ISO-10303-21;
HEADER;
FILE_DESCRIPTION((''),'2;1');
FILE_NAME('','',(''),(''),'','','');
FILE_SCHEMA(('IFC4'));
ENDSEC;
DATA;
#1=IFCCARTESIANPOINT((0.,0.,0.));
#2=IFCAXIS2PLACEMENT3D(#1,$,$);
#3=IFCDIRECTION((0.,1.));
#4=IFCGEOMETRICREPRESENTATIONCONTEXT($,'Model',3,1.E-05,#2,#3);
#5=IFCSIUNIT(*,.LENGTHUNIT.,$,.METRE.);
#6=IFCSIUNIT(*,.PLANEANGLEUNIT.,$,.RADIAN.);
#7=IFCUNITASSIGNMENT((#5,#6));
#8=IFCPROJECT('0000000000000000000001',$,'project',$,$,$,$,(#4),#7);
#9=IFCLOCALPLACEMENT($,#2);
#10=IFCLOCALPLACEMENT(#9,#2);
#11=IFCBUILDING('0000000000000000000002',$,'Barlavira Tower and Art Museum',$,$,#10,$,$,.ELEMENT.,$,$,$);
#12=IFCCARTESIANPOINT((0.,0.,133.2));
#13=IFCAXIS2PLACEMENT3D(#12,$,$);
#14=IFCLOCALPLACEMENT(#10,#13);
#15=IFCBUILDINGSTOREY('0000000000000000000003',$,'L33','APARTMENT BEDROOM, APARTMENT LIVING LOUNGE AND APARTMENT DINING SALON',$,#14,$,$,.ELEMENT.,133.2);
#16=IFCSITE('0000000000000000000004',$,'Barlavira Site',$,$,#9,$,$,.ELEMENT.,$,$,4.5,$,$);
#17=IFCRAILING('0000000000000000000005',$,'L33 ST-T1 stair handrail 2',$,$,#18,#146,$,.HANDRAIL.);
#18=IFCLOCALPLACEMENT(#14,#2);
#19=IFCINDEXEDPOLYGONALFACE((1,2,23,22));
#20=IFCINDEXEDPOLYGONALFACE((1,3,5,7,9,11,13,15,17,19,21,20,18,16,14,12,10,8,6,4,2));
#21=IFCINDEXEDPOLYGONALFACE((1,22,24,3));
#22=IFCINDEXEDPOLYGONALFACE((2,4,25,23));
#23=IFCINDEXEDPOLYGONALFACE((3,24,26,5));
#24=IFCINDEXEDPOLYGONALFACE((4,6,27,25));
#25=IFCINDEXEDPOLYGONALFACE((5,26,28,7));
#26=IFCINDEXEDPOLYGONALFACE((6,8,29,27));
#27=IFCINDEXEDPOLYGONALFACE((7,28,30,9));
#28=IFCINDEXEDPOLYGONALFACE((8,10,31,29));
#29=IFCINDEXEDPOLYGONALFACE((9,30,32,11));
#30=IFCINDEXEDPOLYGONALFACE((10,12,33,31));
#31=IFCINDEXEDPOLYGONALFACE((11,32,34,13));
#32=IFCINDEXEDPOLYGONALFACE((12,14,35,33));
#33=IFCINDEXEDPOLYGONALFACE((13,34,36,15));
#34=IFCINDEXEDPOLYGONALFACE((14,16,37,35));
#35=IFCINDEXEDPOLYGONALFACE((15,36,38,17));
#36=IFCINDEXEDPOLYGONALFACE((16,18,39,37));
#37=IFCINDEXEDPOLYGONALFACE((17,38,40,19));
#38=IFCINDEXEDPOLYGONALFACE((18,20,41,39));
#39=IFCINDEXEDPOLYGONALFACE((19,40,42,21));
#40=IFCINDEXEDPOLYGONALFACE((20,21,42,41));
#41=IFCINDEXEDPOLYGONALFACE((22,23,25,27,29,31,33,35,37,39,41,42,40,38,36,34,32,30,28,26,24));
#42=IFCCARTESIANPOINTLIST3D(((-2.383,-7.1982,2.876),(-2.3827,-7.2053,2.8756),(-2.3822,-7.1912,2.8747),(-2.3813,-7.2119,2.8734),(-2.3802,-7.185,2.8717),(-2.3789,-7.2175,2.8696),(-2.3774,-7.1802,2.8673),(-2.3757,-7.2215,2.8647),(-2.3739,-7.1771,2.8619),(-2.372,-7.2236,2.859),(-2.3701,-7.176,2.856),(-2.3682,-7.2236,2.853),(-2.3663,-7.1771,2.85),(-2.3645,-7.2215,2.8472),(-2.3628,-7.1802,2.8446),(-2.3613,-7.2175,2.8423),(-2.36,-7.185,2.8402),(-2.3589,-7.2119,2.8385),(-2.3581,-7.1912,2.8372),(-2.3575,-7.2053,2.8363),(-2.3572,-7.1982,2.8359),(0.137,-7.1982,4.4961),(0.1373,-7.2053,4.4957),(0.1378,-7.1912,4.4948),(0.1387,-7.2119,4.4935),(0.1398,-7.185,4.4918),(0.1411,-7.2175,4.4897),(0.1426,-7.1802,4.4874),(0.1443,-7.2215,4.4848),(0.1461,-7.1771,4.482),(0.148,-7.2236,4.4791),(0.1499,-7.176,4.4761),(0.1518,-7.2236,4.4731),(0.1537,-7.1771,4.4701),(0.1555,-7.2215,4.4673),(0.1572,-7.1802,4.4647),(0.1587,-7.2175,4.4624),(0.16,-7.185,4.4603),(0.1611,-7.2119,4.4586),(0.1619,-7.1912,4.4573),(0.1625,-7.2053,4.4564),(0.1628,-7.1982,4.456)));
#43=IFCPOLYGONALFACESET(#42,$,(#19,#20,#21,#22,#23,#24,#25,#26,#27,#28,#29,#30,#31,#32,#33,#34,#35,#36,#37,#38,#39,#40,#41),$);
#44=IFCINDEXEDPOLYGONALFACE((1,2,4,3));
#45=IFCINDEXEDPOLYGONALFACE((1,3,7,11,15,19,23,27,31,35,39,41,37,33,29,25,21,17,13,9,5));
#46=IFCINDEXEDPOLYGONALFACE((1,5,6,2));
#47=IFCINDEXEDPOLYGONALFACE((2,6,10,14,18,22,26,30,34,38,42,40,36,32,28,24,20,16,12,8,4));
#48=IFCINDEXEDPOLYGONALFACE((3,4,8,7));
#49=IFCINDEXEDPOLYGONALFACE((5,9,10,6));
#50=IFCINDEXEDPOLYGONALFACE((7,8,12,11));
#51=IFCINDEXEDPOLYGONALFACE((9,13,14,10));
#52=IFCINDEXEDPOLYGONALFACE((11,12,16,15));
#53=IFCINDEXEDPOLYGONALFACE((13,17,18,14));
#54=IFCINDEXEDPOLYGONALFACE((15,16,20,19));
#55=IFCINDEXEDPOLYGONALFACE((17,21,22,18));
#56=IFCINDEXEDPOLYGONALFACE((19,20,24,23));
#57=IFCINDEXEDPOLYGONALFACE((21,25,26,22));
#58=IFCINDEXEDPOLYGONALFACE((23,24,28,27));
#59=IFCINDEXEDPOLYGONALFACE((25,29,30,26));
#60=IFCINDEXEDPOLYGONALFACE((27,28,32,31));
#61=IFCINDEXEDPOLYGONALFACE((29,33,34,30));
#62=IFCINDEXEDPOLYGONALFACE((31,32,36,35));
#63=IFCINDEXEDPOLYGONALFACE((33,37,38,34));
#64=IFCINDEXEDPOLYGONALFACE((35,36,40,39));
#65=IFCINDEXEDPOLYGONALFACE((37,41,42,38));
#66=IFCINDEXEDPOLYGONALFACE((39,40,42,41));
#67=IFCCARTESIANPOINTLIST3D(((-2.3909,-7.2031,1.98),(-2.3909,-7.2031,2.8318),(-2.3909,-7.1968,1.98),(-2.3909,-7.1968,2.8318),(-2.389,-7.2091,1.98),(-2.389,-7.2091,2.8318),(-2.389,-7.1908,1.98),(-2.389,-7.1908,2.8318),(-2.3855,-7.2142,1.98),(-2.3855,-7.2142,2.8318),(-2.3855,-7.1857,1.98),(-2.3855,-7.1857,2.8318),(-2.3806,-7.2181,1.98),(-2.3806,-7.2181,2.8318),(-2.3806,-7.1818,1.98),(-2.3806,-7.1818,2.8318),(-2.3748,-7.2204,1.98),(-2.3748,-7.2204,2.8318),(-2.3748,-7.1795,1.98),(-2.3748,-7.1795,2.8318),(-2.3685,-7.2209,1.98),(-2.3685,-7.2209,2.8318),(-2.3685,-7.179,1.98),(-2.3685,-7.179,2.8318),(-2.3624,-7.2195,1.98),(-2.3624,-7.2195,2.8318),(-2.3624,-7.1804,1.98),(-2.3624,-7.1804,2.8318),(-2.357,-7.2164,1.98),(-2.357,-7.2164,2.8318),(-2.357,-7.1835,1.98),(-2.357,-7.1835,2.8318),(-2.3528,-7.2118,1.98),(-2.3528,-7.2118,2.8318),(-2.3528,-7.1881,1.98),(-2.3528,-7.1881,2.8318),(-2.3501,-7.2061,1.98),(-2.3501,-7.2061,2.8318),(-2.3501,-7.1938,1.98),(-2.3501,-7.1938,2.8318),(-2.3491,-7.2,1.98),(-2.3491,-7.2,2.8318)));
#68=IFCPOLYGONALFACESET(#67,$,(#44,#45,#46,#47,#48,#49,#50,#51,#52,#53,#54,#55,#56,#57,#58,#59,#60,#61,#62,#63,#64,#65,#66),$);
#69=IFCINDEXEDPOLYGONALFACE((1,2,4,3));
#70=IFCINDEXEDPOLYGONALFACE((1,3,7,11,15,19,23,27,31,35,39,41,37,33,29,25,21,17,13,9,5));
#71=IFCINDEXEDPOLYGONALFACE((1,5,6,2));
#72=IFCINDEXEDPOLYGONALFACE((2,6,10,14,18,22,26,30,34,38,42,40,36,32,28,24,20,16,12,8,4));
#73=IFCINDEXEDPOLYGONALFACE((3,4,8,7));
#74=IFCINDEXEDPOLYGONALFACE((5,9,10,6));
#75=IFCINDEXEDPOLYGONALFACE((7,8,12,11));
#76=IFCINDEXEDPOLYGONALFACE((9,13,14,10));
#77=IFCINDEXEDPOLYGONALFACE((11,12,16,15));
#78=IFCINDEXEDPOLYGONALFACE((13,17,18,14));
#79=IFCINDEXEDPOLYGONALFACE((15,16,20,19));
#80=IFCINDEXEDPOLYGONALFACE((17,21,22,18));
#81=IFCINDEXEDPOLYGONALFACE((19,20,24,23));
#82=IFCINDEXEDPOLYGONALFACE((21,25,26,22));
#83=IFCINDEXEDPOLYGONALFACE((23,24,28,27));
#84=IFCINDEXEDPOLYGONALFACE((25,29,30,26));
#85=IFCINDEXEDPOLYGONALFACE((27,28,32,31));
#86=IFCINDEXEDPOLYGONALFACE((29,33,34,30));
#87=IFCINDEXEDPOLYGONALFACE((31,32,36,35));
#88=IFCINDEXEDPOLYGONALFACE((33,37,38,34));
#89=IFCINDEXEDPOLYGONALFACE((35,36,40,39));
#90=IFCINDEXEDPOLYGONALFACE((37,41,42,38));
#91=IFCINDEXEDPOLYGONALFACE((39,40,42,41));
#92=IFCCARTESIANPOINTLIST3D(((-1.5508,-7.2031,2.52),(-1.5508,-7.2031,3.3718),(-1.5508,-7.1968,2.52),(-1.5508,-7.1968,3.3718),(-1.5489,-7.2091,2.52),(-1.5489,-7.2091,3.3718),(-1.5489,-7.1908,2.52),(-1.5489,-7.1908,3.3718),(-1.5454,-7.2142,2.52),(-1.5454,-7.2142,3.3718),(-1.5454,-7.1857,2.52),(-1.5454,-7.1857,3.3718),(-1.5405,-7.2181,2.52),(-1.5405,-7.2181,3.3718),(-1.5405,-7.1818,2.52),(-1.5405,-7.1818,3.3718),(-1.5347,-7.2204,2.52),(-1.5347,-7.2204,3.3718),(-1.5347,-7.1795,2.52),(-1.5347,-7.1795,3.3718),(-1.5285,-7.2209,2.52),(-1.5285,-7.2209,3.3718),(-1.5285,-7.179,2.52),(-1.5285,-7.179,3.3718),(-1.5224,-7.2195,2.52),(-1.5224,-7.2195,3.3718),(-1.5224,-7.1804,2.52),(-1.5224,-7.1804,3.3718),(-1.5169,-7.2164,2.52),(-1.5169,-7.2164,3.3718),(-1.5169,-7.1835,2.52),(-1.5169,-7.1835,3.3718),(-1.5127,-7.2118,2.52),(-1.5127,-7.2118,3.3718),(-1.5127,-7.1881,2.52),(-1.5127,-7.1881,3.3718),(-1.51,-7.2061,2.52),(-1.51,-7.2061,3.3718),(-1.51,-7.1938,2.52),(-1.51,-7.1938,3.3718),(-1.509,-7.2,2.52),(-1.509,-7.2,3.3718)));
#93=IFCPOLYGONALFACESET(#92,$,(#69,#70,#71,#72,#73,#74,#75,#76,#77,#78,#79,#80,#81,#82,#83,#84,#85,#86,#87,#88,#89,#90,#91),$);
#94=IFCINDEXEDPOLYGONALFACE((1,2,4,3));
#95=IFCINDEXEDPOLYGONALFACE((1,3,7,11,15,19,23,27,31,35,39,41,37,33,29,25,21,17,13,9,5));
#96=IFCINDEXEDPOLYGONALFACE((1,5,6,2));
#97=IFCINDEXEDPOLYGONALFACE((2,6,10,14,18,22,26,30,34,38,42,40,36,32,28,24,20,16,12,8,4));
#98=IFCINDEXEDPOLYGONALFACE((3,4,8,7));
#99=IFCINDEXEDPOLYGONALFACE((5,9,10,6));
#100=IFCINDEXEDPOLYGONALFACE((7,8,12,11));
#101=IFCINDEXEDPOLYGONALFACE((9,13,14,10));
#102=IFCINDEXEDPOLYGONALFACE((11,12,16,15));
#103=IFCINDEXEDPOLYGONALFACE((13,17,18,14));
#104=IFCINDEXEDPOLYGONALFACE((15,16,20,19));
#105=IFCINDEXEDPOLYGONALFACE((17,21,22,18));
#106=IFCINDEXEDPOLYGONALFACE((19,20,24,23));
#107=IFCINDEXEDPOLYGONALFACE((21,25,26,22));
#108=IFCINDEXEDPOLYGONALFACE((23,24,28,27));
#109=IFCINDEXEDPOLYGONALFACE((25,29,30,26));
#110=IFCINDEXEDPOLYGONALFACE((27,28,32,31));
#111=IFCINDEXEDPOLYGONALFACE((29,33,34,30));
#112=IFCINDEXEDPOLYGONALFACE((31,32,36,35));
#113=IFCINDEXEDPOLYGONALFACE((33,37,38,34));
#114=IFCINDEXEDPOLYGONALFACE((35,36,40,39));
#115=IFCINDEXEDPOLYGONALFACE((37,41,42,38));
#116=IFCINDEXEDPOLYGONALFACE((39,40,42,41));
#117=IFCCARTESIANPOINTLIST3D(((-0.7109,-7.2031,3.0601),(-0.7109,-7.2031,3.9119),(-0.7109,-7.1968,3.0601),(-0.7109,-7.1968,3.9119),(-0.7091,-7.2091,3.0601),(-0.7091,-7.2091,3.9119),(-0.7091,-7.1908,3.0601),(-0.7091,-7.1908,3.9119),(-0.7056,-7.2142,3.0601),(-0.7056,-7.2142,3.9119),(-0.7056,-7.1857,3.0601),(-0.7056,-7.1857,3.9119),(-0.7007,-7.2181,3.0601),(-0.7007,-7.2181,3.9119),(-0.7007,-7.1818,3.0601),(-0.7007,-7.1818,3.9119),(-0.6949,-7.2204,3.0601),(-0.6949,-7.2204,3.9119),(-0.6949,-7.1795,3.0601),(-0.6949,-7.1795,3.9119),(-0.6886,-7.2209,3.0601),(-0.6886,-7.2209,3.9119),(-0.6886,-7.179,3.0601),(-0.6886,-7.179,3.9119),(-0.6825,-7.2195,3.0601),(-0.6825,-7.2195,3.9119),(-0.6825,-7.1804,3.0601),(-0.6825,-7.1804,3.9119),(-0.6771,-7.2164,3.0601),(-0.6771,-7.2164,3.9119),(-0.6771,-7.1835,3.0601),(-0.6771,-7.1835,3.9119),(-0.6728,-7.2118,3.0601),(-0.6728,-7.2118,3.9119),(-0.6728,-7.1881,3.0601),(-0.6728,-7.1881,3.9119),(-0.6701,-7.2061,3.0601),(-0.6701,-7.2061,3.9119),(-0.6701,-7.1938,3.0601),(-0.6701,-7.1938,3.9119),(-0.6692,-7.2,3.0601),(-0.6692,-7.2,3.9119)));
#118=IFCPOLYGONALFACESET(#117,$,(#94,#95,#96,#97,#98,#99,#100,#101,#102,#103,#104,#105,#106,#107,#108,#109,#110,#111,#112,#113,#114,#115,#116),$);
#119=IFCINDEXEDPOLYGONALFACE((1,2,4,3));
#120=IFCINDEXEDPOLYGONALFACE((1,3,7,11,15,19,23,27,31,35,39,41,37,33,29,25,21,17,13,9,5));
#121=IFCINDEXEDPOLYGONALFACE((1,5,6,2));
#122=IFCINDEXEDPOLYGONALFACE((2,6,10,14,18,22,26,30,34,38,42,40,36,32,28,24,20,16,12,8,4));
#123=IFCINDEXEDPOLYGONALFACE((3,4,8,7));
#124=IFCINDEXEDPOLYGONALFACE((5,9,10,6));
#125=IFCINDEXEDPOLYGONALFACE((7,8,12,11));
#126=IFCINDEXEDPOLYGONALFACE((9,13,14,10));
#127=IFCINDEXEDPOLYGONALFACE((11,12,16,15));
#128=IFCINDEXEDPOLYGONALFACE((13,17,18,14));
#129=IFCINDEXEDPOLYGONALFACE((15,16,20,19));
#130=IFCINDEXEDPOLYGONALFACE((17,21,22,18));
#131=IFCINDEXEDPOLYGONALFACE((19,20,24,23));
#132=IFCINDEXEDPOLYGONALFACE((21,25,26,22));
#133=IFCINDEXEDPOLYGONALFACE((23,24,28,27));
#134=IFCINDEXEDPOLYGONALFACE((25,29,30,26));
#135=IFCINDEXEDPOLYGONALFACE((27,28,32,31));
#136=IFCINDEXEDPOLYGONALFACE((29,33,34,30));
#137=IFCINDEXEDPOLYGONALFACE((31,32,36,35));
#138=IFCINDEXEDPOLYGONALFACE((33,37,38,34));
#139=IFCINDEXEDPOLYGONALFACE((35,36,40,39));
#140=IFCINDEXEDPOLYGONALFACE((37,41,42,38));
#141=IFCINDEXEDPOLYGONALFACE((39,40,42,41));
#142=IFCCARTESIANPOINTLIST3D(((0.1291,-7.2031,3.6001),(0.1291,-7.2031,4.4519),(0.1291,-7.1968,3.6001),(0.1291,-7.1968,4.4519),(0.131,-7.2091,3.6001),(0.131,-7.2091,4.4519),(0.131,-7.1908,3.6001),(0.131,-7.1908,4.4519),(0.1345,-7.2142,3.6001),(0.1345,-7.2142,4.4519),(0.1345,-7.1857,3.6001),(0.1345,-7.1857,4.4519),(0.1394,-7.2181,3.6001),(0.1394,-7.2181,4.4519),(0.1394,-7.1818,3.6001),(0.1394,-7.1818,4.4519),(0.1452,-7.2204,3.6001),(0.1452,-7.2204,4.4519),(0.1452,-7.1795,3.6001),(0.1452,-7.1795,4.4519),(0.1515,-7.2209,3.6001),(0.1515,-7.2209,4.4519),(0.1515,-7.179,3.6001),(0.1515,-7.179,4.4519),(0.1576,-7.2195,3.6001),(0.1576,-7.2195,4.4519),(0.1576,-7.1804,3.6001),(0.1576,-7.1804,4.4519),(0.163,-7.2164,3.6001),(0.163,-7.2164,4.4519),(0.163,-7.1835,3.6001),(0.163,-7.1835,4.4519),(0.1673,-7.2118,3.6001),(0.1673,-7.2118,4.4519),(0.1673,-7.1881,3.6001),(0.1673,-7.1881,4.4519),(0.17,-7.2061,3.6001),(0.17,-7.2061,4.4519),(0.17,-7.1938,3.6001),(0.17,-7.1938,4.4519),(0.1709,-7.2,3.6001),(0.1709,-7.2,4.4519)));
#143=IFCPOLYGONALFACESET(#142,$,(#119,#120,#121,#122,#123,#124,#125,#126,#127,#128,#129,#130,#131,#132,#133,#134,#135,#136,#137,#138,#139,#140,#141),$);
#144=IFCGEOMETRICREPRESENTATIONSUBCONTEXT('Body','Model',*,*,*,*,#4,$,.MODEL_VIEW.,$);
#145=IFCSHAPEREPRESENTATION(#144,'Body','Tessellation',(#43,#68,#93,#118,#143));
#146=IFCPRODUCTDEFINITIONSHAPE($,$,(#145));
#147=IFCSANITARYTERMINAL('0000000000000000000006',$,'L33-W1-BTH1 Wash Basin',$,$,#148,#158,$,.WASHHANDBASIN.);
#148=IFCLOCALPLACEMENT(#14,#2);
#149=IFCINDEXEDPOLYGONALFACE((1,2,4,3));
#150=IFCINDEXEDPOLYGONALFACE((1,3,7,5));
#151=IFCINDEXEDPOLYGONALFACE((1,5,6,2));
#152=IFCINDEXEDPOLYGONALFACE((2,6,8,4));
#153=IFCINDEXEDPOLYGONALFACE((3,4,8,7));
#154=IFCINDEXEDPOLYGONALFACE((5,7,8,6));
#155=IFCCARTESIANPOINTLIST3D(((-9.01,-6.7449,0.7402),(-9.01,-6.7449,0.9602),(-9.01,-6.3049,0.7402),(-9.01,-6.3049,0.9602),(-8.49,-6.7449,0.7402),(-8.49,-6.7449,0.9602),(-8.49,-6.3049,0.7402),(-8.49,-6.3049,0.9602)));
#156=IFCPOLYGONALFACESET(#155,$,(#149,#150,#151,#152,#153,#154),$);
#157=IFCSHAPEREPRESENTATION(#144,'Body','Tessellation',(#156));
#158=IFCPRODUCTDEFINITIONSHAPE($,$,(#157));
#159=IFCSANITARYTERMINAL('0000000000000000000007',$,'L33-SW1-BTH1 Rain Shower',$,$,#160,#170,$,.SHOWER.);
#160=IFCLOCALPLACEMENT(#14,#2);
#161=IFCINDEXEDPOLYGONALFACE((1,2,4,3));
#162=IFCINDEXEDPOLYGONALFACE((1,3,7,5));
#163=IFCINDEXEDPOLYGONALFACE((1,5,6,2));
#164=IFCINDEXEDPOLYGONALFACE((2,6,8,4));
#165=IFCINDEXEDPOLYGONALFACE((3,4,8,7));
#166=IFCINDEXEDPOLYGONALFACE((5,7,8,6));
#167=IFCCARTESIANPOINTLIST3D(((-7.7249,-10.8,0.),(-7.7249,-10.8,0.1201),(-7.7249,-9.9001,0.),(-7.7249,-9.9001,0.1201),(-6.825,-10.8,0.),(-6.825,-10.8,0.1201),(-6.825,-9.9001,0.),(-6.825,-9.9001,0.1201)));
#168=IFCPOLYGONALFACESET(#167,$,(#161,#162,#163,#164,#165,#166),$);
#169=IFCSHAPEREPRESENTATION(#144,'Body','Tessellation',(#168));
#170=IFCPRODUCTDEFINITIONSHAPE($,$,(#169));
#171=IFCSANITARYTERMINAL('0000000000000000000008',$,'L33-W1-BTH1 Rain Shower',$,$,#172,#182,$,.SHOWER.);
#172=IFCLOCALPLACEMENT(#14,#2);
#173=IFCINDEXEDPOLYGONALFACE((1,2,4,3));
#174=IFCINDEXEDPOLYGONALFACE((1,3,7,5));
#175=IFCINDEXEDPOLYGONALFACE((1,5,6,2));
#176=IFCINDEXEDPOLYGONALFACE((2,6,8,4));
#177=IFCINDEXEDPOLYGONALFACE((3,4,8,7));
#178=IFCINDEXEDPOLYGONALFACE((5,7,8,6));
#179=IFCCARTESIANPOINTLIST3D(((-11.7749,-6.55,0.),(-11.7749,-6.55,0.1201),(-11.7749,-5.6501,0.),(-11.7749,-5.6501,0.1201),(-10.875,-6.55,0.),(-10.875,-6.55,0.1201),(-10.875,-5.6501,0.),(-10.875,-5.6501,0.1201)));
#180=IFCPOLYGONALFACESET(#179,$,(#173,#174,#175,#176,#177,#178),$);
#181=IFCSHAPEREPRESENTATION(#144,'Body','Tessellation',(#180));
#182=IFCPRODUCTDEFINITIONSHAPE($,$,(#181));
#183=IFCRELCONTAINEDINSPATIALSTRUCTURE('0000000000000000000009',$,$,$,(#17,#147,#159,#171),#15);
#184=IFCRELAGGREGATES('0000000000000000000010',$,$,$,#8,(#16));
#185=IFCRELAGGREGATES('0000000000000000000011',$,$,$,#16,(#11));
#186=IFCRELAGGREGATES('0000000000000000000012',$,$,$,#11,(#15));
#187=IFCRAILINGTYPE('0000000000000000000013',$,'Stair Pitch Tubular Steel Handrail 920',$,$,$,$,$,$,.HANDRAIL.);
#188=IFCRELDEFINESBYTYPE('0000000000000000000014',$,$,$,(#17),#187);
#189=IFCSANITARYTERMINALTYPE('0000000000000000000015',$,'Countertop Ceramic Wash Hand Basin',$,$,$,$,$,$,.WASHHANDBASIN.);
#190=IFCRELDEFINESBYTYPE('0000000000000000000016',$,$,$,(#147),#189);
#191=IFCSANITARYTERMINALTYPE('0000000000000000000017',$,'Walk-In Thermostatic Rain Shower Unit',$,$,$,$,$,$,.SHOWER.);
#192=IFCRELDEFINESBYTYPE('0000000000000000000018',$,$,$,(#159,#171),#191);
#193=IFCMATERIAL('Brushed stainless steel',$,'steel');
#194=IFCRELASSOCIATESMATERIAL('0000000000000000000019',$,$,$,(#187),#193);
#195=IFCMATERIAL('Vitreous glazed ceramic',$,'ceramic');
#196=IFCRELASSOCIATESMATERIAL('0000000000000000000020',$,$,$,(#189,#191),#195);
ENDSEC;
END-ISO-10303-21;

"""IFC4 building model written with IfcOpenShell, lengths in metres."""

from ifc_helpers import new_model, si_unit, direction, frame, origin, origin_2d, place, context, subcontext, project, spatial, rectangle, circle, extrude, material, type_object, element, save


model = new_model("IFC4")

# Units and contexts
model_context = context("Model", 3, precision=1e-05, world=origin(), true_north=direction((0.0, 1.0)))
body_context = subcontext(model_context, "Body", "Model", "MODEL_VIEW")
ifc_project = project(units=[si_unit("LENGTHUNIT", "METRE"), si_unit("PLANEANGLEUNIT", "RADIAN")], contexts=[model_context])

# Site, building, storey
site_placement = place(None, origin())
site = spatial("IfcSite", under=ifc_project, at=site_placement, Name="Barlavira Site", CompositionType="ELEMENT", RefElevation=4.5)
building_placement = place(site_placement, origin())
building = spatial("IfcBuilding", under=site, at=building_placement, Name="Barlavira Tower and Art Museum", CompositionType="ELEMENT")
storey_placement = place(building_placement, frame((0.0, 0.0, 133.2)))
storey = spatial("IfcBuildingStorey", under=building, at=storey_placement, Name="L33", Description="APARTMENT BEDROOM, APARTMENT LIVING LOUNGE AND APARTMENT DINING SALON", CompositionType="ELEMENT", Elevation=133.2)

# Shared definitions
ifc_material_1 = material(Name="Brushed stainless steel", Category="steel")

# Railing
railing_type_1 = type_object("IfcRailingType", Name="Stair Pitch Tubular Steel Handrail 920", PredefinedType="HANDRAIL", material=ifc_material_1)
railing_1_placement = place(storey_placement, frame((-2.3701, -7.2, 1.98)))
element("IfcRailing", 1, at=railing_1_placement, inside=storey, type_object=railing_type_1, Name="L33 ST-T1 stair handrail 2", PredefinedType="HANDRAIL", context=body_context, shape_type="SweptSolid", body=[
    extrude(circle(Radius=0.0239, at=origin_2d()), frame((0.0, 0.0, 0.876), z_axis=(0.841163, 0.0, 0.540782), x_axis=(0.0, 1.0, 0.0)), (0.0, 0.0, 1.0), 2.9958),
    extrude(circle(Radius=0.021, at=origin_2d()), origin(), (0.0, 0.0, 1.0), 0.8518),
    extrude(circle(Radius=0.021, at=origin_2d()), frame((0.8401, 0.0, 0.54)), (0.0, 0.0, 1.0), 0.8518),
    extrude(circle(Radius=0.021, at=origin_2d()), frame((1.6799, 0.0, 1.0801)), (0.0, 0.0, 1.0), 0.8518),
    extrude(circle(Radius=0.021, at=origin_2d()), frame((2.52, 0.0, 1.6201)), (0.0, 0.0, 1.0), 0.8518),
])

# Sanitary terminals
ifc_material_2 = material(Name="Vitreous glazed ceramic", Category="ceramic")
sanitary_terminal_type_1 = type_object("IfcSanitaryTerminalType", Name="Countertop Ceramic Wash Hand Basin", PredefinedType="WASHHANDBASIN", material=ifc_material_2)
sanitary_terminal_placement = place(storey_placement, frame((-8.75, -6.5249, 0.7402), z_axis=(0.0, 0.0, 1.0), x_axis=(1.0, 0.0, 0.0)))
element("IfcSanitaryTerminal", 2, at=sanitary_terminal_placement, inside=storey, type_object=sanitary_terminal_type_1, Name="L33-W1-BTH1 Wash Basin", PredefinedType="WASHHANDBASIN", context=body_context, shape_type="SweptSolid", body=[
    extrude(rectangle(XDim=0.52, YDim=0.4399, at=origin_2d()), origin(), (0.0, 0.0, 1.0), 0.22),
])
sanitary_terminal_type_2 = type_object("IfcSanitaryTerminalType", Name="Walk-In Thermostatic Rain Shower Unit", PredefinedType="SHOWER", material=ifc_material_2)
for number, where, z_axis, x_axis, name in (
    (3, (-7.2749, -10.3501, 0.0), (0.0, 0.0, 1.0), (1.0, 0.0, 0.0), "L33-SW1-BTH1 Rain Shower"),
    (4, (-11.325, -6.1001, 0.0), (0.0, 0.0, 1.0), (1.0, 0.0, 0.0), "L33-W1-BTH1 Rain Shower"),
):
    element("IfcSanitaryTerminal", number, at=place(storey_placement, frame(where, z_axis=z_axis, x_axis=x_axis)), inside=storey, type_object=sanitary_terminal_type_2, Name=name, PredefinedType="SHOWER", context=body_context, shape_type="SweptSolid", body=[
        extrude(rectangle(XDim=0.8999, YDim=0.8999, at=origin_2d()), origin(), (0.0, 0.0, 1.0), 0.1201),
    ])

save(model, "model.ifc")
